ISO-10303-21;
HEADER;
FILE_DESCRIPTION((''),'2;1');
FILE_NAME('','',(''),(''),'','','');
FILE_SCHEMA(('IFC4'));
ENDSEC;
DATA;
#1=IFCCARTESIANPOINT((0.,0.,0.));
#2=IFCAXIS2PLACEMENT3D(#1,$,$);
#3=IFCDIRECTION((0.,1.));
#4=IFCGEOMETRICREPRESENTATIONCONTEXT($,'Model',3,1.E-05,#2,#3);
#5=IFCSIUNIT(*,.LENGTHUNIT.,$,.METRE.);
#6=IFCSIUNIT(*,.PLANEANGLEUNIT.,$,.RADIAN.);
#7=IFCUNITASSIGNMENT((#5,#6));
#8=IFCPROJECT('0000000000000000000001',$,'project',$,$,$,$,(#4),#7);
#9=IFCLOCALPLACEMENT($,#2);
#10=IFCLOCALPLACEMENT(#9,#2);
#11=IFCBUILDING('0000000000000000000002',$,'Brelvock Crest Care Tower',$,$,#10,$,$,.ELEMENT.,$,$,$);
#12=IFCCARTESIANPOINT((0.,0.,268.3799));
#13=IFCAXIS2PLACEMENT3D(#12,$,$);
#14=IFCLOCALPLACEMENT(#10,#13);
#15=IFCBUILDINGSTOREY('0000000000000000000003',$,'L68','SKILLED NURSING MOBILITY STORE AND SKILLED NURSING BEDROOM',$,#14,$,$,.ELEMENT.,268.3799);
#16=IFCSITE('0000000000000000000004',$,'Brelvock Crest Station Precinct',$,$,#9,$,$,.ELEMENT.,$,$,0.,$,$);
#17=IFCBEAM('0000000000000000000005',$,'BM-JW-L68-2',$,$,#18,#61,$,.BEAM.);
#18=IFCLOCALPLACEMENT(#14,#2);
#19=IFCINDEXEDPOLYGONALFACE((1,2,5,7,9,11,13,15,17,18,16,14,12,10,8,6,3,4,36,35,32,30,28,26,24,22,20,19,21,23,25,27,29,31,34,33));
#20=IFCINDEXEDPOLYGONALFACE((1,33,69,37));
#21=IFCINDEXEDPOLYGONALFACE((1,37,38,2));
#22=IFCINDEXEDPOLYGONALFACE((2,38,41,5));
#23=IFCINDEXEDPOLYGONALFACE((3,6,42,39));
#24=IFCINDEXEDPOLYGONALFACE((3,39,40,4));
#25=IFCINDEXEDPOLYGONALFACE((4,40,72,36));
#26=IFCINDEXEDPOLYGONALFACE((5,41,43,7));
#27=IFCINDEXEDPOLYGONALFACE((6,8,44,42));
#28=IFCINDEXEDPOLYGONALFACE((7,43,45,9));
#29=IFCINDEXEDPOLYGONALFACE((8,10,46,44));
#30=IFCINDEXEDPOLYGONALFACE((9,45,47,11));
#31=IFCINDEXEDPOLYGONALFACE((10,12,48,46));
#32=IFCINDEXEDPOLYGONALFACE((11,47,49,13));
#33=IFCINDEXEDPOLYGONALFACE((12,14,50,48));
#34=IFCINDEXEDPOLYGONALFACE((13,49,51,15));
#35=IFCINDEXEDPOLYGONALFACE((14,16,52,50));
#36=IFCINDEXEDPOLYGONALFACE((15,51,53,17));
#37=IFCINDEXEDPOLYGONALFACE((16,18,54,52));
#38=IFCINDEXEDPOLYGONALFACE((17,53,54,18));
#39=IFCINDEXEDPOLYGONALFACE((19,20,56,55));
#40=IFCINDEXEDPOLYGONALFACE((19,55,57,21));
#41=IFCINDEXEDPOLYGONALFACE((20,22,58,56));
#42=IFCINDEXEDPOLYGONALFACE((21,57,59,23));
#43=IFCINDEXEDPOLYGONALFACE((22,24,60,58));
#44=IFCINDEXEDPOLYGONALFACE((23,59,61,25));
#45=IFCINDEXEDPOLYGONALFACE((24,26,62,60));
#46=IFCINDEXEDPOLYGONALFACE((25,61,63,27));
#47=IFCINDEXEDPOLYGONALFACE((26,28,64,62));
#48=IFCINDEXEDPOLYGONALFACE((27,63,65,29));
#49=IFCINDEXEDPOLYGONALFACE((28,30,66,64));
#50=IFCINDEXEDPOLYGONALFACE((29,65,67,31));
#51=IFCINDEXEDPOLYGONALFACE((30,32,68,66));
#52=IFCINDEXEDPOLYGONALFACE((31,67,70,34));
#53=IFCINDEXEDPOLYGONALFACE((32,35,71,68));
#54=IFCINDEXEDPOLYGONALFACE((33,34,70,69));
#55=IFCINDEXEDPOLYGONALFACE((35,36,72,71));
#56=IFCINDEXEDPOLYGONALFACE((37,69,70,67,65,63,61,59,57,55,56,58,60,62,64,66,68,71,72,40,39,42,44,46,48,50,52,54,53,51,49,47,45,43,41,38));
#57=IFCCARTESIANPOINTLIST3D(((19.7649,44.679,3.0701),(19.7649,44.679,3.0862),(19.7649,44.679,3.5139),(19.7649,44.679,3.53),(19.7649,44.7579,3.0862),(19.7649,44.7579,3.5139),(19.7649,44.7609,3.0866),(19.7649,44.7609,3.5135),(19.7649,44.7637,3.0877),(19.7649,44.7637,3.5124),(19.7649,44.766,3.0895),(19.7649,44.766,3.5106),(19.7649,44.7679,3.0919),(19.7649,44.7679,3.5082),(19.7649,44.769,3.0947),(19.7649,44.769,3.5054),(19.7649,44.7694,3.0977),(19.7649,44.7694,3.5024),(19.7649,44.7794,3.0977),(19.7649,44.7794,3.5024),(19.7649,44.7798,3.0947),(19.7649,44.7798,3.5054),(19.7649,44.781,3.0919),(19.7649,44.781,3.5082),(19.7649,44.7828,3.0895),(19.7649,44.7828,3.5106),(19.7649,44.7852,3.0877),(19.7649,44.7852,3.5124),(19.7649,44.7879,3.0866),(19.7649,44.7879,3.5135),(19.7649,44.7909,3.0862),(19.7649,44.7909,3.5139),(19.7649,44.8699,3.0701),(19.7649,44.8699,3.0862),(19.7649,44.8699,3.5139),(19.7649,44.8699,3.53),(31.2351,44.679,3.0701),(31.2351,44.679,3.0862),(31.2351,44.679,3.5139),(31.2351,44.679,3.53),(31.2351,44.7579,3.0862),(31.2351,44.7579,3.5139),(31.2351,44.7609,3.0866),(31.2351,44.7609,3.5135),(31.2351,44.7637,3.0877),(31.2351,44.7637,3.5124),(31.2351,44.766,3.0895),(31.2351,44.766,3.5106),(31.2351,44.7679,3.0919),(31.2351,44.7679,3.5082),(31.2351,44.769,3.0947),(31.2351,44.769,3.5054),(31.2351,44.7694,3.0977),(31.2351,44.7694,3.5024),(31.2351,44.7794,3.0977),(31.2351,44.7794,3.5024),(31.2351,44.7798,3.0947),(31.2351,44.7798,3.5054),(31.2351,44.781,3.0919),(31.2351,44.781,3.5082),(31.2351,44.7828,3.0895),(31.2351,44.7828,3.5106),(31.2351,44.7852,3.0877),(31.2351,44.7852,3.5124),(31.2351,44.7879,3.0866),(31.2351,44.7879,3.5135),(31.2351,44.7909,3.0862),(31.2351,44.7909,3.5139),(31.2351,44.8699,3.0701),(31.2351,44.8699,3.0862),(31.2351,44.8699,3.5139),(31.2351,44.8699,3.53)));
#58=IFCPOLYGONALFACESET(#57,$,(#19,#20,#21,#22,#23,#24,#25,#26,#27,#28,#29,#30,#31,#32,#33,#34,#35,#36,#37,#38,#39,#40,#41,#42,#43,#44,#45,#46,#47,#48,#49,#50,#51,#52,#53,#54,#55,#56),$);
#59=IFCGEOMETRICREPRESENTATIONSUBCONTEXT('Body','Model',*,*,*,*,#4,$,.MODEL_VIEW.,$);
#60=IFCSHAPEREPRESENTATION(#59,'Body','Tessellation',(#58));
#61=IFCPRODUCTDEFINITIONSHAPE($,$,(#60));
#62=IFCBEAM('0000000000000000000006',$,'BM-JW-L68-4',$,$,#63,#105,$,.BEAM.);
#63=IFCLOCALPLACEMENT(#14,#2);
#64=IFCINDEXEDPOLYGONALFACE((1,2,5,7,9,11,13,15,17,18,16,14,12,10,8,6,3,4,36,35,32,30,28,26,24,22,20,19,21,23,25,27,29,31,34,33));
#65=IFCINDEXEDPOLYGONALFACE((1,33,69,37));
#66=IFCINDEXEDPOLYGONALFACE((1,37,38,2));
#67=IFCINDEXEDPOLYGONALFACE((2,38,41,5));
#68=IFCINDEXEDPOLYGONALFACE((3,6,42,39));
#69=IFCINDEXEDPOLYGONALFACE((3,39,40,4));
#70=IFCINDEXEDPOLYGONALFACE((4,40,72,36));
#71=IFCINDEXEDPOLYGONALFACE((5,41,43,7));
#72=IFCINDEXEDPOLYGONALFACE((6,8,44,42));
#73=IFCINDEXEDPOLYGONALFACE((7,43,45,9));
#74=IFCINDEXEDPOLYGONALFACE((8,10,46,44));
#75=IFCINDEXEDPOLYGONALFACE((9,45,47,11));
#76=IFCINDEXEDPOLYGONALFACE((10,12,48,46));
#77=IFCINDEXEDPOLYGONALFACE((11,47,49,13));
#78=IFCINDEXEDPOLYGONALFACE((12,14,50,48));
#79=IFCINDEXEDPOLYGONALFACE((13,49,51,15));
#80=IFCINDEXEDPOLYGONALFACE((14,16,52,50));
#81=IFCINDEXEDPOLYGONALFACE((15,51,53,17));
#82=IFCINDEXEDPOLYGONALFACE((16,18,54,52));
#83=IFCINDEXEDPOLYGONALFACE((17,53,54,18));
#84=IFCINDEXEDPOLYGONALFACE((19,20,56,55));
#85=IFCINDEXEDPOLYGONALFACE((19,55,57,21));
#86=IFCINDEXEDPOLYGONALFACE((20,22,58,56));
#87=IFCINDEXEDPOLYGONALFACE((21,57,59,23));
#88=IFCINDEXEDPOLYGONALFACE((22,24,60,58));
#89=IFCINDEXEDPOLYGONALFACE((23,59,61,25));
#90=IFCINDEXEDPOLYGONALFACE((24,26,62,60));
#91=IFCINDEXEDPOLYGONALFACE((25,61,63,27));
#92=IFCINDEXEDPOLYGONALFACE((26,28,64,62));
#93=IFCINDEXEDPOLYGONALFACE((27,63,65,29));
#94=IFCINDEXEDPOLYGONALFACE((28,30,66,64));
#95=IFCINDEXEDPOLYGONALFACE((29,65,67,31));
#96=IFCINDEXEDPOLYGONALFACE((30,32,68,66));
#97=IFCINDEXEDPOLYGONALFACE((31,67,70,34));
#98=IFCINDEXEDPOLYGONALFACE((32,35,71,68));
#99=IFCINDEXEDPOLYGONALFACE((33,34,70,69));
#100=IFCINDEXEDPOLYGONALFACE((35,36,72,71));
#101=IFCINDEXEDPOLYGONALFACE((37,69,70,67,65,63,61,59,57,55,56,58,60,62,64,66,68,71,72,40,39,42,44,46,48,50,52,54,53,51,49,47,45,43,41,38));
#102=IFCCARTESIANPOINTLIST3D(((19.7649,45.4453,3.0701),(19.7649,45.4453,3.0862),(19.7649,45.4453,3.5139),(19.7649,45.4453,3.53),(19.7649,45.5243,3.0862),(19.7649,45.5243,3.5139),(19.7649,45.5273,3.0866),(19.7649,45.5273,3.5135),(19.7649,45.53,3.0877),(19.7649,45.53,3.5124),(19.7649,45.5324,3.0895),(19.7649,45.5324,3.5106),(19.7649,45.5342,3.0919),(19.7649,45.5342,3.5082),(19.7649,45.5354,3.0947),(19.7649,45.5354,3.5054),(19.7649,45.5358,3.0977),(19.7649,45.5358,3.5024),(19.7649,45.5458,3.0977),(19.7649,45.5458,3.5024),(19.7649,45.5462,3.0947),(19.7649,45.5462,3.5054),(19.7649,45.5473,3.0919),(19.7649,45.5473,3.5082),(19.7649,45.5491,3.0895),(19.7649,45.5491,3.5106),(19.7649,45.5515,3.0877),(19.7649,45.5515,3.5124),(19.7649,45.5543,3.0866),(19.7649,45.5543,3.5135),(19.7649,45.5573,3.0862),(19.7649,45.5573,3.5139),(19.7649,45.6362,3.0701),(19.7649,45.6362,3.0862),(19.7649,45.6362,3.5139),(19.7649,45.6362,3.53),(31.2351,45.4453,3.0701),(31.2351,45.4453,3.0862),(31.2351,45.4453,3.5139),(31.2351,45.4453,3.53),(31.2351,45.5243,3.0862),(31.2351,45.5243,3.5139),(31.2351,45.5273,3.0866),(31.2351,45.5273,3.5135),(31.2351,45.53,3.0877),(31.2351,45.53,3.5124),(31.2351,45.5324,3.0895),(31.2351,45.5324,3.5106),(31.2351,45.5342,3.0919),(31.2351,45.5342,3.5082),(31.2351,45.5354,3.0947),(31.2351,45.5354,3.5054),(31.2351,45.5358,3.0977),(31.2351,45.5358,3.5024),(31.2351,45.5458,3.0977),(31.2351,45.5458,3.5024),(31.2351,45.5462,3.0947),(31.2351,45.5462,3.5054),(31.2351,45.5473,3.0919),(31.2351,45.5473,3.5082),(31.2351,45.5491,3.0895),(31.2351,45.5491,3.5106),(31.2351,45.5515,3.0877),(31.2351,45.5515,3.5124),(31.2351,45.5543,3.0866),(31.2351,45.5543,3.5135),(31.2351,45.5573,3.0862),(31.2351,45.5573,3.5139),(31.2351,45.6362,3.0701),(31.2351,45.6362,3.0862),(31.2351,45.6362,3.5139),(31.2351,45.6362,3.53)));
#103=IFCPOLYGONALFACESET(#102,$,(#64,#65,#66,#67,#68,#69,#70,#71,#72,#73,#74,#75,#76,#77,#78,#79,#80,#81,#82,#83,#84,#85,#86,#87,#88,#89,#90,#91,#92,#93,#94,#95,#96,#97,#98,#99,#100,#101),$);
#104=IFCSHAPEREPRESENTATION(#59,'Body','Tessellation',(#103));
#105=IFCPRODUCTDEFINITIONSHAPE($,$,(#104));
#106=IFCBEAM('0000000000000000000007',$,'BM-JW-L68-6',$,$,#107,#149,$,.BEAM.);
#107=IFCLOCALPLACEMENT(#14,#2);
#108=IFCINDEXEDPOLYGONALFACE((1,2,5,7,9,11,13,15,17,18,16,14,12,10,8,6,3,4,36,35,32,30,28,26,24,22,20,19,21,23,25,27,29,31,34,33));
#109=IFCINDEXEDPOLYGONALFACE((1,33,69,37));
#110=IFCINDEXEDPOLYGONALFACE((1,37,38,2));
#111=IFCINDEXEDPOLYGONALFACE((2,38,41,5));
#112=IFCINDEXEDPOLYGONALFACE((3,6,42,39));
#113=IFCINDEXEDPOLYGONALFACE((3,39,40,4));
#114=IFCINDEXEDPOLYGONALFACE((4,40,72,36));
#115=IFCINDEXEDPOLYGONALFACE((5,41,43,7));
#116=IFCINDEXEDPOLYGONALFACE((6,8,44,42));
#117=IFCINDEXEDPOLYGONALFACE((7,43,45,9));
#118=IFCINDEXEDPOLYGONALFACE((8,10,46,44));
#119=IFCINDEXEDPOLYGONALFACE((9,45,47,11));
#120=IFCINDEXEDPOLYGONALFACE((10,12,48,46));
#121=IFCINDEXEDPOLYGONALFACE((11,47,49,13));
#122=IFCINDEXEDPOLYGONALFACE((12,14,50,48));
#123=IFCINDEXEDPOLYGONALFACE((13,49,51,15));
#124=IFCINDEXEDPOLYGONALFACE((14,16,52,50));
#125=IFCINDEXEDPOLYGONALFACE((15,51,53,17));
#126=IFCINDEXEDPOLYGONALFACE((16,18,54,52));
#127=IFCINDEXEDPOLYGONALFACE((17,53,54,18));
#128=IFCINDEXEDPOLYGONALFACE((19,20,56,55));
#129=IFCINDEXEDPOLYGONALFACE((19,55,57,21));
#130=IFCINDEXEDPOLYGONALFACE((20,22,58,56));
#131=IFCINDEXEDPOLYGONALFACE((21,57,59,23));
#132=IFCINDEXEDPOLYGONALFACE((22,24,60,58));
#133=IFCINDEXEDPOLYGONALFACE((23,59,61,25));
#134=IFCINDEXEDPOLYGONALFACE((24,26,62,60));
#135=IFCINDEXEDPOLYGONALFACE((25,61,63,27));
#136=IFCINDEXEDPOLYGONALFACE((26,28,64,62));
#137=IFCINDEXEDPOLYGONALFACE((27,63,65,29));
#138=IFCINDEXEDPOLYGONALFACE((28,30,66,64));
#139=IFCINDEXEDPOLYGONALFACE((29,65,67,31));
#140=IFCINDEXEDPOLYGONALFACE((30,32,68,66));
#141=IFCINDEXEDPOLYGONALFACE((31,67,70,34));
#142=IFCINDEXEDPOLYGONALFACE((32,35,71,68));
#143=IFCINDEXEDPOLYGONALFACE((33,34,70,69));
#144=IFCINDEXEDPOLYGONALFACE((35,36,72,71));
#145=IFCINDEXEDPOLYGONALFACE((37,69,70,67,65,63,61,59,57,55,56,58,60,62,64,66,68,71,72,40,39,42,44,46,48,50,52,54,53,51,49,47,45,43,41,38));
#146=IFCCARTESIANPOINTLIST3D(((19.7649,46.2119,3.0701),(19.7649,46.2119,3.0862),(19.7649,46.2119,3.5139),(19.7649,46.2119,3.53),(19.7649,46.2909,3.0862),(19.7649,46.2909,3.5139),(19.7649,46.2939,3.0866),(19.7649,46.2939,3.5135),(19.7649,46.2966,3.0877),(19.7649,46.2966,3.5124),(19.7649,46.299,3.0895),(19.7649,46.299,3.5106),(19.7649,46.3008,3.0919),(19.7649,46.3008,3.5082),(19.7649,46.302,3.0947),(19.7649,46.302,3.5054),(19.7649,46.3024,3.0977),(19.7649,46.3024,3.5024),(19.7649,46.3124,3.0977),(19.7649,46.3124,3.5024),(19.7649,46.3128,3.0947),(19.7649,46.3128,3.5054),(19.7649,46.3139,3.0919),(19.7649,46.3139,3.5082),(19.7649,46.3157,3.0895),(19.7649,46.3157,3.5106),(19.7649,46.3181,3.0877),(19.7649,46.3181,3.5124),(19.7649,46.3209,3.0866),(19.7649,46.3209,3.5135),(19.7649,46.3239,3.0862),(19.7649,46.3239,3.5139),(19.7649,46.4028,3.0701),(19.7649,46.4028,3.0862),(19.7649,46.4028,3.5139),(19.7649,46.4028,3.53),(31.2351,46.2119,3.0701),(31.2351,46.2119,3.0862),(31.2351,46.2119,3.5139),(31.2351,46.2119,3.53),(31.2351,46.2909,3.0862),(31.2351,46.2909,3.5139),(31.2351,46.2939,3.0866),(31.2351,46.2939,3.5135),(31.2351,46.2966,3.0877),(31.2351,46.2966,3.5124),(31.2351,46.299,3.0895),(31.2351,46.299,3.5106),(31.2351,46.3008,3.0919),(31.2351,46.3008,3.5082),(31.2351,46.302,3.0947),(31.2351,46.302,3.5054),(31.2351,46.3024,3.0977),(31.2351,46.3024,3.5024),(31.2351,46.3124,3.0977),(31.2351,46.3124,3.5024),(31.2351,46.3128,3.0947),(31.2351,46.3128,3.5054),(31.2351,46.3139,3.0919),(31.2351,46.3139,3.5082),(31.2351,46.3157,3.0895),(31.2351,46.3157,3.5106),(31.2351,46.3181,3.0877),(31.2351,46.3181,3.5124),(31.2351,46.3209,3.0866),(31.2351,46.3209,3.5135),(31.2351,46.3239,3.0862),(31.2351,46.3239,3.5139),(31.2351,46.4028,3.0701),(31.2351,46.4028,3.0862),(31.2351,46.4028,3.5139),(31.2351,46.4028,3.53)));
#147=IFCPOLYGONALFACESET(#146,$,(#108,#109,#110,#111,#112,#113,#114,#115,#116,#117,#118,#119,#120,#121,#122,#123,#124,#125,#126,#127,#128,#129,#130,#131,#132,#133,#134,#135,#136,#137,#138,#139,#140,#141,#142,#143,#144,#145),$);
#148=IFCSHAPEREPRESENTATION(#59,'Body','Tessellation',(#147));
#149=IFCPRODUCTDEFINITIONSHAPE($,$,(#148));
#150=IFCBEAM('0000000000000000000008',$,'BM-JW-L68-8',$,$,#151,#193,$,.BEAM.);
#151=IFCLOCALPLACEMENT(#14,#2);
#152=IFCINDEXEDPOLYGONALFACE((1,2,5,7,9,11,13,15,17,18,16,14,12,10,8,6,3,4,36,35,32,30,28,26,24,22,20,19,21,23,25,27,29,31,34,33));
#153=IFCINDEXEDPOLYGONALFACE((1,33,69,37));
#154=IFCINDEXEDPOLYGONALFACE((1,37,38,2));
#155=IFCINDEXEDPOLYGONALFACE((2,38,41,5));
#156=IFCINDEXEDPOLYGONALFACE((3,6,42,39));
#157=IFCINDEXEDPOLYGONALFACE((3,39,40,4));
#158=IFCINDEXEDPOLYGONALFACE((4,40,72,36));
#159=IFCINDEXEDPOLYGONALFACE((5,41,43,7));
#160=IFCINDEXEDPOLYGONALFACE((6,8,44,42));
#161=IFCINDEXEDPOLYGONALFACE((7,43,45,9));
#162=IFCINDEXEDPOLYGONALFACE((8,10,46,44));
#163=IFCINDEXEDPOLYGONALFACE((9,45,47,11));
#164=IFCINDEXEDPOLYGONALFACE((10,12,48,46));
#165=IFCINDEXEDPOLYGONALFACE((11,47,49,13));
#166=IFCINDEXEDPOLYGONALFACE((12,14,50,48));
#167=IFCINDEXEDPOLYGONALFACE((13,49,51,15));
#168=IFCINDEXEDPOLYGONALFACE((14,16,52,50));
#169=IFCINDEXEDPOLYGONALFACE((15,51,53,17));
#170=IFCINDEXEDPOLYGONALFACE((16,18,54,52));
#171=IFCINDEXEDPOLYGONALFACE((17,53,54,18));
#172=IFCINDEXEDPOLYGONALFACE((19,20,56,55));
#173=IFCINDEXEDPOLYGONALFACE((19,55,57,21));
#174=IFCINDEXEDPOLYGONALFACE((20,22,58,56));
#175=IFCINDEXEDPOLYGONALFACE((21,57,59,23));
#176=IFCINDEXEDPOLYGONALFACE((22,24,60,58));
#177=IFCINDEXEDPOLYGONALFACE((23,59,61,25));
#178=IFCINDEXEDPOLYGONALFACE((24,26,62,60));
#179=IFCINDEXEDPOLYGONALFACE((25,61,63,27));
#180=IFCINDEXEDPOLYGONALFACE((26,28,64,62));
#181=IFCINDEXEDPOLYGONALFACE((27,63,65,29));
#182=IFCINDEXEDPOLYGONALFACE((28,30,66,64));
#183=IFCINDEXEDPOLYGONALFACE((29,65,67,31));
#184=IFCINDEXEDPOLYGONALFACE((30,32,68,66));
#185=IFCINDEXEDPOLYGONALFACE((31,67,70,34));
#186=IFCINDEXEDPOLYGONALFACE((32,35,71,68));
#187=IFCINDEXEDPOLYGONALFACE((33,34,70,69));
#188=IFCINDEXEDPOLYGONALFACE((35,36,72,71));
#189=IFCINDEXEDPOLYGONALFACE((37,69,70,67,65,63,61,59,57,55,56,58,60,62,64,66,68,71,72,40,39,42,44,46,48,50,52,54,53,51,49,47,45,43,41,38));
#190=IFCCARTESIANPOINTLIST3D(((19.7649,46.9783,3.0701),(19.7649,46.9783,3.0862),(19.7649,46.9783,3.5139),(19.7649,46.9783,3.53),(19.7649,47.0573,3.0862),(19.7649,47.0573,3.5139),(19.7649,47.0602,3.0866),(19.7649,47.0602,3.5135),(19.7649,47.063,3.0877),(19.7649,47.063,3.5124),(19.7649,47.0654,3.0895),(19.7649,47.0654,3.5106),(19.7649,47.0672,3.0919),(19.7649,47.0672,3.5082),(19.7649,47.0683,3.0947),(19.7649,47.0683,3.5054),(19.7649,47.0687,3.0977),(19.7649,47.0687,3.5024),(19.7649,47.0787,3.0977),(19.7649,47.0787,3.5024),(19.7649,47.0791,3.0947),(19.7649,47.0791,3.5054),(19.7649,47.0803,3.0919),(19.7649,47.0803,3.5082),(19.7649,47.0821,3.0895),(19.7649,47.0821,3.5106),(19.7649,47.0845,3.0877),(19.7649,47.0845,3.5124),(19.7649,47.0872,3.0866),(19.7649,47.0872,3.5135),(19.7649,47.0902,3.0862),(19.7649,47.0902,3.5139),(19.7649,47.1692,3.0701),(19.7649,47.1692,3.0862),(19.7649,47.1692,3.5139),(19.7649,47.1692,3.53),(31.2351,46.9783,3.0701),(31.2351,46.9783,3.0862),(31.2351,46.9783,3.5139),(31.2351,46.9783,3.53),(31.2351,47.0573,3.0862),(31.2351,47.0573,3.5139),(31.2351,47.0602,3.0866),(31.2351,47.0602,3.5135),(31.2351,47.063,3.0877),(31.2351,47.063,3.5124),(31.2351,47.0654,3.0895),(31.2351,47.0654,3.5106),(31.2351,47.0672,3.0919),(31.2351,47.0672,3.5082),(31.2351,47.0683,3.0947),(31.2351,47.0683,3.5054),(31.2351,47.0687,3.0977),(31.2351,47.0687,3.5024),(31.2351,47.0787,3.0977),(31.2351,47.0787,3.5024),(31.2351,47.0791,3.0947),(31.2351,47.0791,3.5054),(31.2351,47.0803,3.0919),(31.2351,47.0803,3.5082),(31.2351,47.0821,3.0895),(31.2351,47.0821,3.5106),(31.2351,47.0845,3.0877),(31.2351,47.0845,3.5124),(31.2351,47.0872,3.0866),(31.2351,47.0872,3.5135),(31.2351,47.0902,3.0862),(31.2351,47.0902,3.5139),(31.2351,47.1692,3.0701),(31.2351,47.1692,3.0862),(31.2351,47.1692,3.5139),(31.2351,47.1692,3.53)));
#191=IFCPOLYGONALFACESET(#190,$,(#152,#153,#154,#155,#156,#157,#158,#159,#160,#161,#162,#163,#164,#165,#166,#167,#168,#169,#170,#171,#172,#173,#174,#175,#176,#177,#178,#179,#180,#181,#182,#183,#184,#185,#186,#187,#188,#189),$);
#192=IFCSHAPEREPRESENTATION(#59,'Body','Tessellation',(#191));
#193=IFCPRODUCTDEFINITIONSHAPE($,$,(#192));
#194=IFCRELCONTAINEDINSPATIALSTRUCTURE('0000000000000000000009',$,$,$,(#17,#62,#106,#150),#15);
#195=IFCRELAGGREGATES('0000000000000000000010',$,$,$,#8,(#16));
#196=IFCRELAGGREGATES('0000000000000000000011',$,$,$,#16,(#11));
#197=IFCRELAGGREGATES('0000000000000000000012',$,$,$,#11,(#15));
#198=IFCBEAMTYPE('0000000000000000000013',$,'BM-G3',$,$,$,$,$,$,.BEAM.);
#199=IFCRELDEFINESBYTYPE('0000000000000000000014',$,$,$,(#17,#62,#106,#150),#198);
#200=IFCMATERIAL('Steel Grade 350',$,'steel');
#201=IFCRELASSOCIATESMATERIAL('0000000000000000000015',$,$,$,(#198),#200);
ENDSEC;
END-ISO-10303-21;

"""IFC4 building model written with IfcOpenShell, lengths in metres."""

from ifc_helpers import new_model, si_unit, direction, frame, origin, origin_2d, place, context, subcontext, project, spatial, i_section, extrude, source, transform, mapped, material, material_profile, profile_set, type_object, element, save


model = new_model("IFC4")

# Units and contexts
model_context = context("Model", 3, precision=1e-05, world=origin(), true_north=direction((0.0, 1.0)))
body_context = subcontext(model_context, "Body", "Model", "MODEL_VIEW")
ifc_project = project(units=[si_unit("LENGTHUNIT", "METRE"), si_unit("PLANEANGLEUNIT", "RADIAN")], contexts=[model_context])

# Site, building, storey
site_placement = place(None, origin())
site = spatial("IfcSite", under=ifc_project, at=site_placement, Name="Brelvock Crest Station Precinct", CompositionType="ELEMENT", RefElevation=0.0)
building_placement = place(site_placement, origin())
building = spatial("IfcBuilding", under=site, at=building_placement, Name="Brelvock Crest Care Tower", CompositionType="ELEMENT")
storey_placement = place(building_placement, frame((0.0, 0.0, 268.3799)))
storey = spatial("IfcBuildingStorey", under=building, at=storey_placement, Name="L68", Description="SKILLED NURSING MOBILITY STORE AND SKILLED NURSING BEDROOM", CompositionType="ELEMENT", Elevation=268.3799)

# Beams
ifc_material_1 = material(Name="Steel Grade 350", Category="steel")
ifc_material_profile_1 = material_profile(ifc_material_1, i_section(OverallWidth=0.1909, OverallDepth=0.46, WebThickness=0.01, FlangeThickness=0.0161, FilletRadius=0.0115, at=origin_2d()), Name="460UB82.1")
ifc_profile_set_1 = profile_set([ifc_material_profile_1], Name="Steel Grade 350")
beam_type_1 = type_object("IfcBeamType", Name="BM-G3", PredefinedType="BEAM", material=ifc_profile_set_1)
shared_shape_1 = source(origin(), body_context, "Body", "SweptSolid", [
    extrude(i_section(OverallWidth=0.1909, OverallDepth=0.46, WebThickness=0.01, FlangeThickness=0.0161, FilletRadius=0.0115, at=origin_2d()), origin(), (0.0, 0.0, 1.0), 11.4702),
])
for number, where, z_axis, x_axis, name in (
    (1, (19.7649, 44.7744, 3.3), (1.0, 0.0, 0.0), (0.0, 1.0, 0.0), "BM-JW-L68-2"),
    (2, (19.7649, 45.5408, 3.3), (1.0, 0.0, 0.0), (0.0, 1.0, 0.0), "BM-JW-L68-4"),
    (3, (19.7649, 46.3074, 3.3), (1.0, 0.0, 0.0), (0.0, 1.0, 0.0), "BM-JW-L68-6"),
    (4, (19.7649, 47.0737, 3.3), (1.0, 0.0, 0.0), (0.0, 1.0, 0.0), "BM-JW-L68-8"),
):
    element("IfcBeam", number, at=place(storey_placement, frame(where, z_axis=z_axis, x_axis=x_axis)), inside=storey, type_object=beam_type_1, Name=name, PredefinedType="BEAM", context=body_context, shape_type="MappedRepresentation", body=[
        mapped(shared_shape_1, transform((0.0, 0.0, 0.0), x_axis=(1.0, 0.0, 0.0), y_axis=(0.0, 1.0, 0.0), z_axis=(0.0, 0.0, 1.0), scale=1.0)),
    ])

save(model, "model.ifc")
